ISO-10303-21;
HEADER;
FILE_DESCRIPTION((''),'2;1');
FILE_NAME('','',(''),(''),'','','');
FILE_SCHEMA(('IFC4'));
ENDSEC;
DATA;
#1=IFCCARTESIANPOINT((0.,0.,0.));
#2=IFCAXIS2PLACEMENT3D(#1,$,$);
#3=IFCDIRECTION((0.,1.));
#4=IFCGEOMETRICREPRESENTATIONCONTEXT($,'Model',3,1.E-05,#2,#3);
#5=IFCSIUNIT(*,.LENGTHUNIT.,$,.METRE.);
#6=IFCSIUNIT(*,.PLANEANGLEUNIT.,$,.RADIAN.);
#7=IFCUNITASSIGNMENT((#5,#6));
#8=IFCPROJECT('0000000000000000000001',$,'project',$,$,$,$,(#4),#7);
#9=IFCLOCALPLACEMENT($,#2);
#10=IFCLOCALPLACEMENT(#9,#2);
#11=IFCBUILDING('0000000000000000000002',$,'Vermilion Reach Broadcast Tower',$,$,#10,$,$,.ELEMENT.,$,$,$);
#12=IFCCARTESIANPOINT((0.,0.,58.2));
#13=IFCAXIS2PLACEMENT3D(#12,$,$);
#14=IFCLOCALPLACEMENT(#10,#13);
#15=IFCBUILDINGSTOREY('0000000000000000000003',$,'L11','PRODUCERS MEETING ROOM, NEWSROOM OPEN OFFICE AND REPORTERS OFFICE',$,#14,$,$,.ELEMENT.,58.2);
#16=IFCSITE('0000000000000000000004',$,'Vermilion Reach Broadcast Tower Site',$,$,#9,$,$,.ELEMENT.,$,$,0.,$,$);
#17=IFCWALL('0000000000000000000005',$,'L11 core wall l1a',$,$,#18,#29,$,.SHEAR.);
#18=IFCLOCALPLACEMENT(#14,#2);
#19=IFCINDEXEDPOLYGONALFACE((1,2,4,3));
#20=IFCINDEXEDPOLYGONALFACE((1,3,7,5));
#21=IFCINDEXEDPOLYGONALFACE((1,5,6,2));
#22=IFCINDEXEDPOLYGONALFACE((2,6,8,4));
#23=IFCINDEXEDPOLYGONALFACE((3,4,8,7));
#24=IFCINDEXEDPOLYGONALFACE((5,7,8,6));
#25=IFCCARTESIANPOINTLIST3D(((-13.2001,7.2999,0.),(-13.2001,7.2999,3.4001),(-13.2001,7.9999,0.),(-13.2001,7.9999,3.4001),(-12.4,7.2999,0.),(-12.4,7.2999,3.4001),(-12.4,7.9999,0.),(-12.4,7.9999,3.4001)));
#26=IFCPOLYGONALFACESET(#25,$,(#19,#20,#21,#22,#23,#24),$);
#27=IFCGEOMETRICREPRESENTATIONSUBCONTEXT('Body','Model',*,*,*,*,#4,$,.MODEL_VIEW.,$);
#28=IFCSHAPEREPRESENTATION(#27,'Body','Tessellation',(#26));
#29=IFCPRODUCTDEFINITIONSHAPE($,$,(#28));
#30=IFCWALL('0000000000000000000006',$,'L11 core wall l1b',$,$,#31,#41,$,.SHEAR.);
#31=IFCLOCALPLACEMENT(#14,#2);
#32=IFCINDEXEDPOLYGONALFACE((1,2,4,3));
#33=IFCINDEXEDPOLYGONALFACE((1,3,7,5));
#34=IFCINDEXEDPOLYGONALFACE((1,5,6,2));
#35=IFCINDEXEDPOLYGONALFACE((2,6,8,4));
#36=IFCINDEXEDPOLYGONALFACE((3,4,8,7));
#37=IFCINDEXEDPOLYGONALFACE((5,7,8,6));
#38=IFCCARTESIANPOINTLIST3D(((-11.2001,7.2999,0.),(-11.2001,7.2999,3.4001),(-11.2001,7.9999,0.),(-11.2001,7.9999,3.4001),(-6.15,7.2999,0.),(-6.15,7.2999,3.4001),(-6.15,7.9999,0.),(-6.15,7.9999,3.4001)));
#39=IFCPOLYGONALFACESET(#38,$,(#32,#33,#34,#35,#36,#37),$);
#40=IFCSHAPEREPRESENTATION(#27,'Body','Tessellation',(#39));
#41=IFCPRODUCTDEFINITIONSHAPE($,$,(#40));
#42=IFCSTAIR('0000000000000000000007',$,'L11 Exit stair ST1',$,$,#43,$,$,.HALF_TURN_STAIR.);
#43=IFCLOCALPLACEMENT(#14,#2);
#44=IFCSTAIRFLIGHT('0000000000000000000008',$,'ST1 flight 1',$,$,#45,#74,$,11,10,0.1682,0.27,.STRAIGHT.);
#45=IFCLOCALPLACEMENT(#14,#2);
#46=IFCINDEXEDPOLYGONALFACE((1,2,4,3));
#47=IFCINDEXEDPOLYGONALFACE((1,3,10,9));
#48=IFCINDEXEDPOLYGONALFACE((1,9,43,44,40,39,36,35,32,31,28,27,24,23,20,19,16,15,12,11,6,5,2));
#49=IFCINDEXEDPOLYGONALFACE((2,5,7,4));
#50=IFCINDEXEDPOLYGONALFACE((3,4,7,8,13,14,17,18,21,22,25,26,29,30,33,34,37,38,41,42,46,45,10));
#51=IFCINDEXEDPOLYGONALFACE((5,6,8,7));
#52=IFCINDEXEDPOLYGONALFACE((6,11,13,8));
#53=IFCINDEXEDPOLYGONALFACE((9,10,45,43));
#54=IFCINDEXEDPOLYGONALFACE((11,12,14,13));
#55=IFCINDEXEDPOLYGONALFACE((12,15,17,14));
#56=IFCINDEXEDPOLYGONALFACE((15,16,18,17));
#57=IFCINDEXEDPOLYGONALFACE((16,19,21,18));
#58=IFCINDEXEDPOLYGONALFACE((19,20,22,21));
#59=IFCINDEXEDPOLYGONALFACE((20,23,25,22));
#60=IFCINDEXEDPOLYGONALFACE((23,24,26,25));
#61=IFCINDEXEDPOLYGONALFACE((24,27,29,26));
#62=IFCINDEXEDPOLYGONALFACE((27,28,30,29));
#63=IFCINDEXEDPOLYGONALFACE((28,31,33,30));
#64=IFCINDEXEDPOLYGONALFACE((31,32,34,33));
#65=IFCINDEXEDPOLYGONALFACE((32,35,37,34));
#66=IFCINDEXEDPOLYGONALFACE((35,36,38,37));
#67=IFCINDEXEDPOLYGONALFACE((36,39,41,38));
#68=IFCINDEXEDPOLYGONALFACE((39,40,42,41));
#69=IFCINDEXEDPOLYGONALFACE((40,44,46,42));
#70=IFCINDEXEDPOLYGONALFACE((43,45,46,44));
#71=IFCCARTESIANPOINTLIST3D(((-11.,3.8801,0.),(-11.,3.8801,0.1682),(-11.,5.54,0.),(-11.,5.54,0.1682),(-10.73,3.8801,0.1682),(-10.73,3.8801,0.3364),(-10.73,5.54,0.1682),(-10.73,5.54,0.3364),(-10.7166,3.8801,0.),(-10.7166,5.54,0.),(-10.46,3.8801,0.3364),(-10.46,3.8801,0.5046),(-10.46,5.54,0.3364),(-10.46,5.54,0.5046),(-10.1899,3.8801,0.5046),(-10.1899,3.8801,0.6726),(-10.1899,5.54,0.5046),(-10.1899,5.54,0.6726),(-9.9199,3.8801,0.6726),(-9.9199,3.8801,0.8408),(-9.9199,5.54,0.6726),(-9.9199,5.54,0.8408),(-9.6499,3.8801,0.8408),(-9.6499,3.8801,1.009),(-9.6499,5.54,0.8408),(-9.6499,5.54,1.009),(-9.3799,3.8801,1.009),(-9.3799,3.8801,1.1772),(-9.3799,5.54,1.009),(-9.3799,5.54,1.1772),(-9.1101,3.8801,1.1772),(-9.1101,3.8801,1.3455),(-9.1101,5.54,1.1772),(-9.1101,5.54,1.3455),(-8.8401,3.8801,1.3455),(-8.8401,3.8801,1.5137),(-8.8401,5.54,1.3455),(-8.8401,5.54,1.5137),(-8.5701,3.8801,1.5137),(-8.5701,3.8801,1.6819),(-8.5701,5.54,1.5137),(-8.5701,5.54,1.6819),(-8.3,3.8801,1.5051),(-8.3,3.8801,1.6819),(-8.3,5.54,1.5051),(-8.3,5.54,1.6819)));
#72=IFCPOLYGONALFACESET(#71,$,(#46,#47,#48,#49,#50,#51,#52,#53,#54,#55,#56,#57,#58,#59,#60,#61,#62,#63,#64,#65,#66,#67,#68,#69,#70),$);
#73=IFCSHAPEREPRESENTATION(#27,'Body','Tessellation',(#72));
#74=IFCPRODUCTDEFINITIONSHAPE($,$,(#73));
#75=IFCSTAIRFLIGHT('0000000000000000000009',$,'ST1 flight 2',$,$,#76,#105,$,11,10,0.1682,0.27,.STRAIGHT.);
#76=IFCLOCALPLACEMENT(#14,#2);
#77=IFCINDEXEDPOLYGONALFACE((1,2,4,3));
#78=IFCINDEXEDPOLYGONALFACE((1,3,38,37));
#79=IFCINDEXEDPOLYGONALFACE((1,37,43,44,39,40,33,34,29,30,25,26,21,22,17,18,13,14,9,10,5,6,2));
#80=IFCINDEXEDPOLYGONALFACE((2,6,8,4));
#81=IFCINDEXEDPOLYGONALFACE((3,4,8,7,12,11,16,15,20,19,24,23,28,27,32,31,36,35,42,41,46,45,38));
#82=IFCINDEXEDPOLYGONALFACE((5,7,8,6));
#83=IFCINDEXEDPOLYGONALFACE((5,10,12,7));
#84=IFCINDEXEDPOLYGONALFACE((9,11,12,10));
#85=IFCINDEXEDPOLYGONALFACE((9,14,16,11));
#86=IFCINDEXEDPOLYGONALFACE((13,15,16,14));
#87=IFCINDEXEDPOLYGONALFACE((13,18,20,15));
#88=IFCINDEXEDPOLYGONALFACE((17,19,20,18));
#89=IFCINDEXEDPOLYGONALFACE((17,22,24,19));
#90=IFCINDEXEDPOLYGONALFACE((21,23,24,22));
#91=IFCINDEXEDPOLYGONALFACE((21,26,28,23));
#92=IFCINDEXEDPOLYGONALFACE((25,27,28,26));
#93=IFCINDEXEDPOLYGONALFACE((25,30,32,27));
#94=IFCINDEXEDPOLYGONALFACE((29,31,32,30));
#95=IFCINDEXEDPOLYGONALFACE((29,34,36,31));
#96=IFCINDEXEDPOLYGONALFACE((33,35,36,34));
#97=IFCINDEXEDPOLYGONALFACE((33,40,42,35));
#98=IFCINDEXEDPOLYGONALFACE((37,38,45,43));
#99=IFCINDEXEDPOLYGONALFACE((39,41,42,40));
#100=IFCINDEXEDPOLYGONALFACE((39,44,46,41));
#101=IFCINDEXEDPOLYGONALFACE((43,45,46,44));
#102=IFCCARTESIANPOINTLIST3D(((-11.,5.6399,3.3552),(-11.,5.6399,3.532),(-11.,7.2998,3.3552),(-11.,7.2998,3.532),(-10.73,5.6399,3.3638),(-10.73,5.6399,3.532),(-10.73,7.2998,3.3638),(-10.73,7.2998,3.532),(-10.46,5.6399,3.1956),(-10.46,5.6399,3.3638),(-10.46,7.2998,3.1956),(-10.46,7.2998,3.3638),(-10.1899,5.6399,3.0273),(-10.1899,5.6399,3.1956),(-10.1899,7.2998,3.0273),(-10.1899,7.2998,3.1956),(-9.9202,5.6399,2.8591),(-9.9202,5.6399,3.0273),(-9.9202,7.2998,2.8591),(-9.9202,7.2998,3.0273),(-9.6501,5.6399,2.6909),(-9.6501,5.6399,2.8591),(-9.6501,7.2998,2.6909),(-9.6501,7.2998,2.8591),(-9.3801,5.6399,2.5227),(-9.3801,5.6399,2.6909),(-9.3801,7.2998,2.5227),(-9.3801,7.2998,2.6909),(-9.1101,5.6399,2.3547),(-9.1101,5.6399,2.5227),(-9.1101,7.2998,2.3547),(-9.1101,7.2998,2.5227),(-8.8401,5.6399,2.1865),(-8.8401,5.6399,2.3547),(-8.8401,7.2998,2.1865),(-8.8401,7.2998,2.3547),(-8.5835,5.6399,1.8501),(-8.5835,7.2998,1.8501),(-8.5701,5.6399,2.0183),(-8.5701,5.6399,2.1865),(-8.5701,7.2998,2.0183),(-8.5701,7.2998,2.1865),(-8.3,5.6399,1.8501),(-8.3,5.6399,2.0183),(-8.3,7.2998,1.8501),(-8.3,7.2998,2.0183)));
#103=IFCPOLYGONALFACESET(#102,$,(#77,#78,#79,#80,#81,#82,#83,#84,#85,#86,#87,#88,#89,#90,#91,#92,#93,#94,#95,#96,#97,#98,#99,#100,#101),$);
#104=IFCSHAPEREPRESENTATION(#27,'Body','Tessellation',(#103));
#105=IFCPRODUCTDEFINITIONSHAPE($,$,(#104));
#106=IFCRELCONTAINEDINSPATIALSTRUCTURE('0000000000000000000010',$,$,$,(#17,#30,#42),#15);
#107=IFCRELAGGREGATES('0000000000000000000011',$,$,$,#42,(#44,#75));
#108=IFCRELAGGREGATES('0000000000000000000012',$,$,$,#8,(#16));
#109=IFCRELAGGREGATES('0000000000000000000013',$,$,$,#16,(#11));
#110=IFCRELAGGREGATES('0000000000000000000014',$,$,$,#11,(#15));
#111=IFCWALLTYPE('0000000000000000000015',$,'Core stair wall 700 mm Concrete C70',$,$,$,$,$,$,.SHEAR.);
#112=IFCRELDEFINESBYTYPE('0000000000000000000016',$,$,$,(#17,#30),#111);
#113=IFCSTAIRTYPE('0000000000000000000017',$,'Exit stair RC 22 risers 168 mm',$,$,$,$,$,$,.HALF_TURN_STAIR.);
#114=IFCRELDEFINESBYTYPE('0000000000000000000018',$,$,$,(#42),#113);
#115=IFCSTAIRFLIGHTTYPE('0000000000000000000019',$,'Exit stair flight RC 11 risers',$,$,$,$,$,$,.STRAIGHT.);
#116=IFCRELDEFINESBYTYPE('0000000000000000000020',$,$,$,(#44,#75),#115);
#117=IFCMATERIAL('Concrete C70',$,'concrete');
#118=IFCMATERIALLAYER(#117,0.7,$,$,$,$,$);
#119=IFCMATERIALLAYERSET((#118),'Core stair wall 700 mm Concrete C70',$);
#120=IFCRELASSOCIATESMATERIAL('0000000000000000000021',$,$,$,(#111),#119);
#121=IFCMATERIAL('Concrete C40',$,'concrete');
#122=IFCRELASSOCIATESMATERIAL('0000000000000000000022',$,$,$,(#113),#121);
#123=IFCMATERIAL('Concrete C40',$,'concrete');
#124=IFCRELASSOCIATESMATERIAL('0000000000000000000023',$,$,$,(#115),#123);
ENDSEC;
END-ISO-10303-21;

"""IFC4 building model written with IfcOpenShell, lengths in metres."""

from ifc_helpers import new_model, si_unit, direction, frame, frame_2d, origin, place, context, subcontext, project, spatial, polyline, rectangle, outline, extrude, material, layer, layer_set, type_object, element, aggregate, save


model = new_model("IFC4")

# Units and contexts
model_context = context("Model", 3, precision=1e-05, world=origin(), true_north=direction((0.0, 1.0)))
body_context = subcontext(model_context, "Body", "Model", "MODEL_VIEW")
ifc_project = project(units=[si_unit("LENGTHUNIT", "METRE"), si_unit("PLANEANGLEUNIT", "RADIAN")], contexts=[model_context])

# Site, building, storey
site_placement = place(None, origin())
site = spatial("IfcSite", under=ifc_project, at=site_placement, Name="Vermilion Reach Broadcast Tower Site", CompositionType="ELEMENT", RefElevation=0.0)
building_placement = place(site_placement, origin())
building = spatial("IfcBuilding", under=site, at=building_placement, Name="Vermilion Reach Broadcast Tower", CompositionType="ELEMENT")
storey_placement = place(building_placement, frame((0.0, 0.0, 58.2)))
storey = spatial("IfcBuildingStorey", under=building, at=storey_placement, Name="L11", Description="PRODUCERS MEETING ROOM, NEWSROOM OPEN OFFICE AND REPORTERS OFFICE", CompositionType="ELEMENT", Elevation=58.2)

# Walls
ifc_material_1 = material(Name="Concrete C70", Category="concrete")
ifc_layer_1 = layer(ifc_material_1, 0.7)
ifc_layer_set_1 = layer_set([ifc_layer_1], Name="Core stair wall 700 mm Concrete C70")
wall_type_1 = type_object("IfcWallType", Name="Core stair wall 700 mm Concrete C70", PredefinedType="SHEAR", material=ifc_layer_set_1)
wall_1_placement = place(storey_placement, frame((-13.2, 7.6499, 0.0), z_axis=(0.0, 0.0, 1.0), x_axis=(1.0, 0.0, 0.0)))
element("IfcWall", 1, at=wall_1_placement, inside=storey, type_object=wall_type_1, Name="L11 core wall l1a", PredefinedType="SHEAR", context=body_context, shape_type="SweptSolid", body=[
    extrude(rectangle(XDim=0.8, YDim=0.7, at=frame_2d((0.3999, 0.0))), origin(), (0.0, 0.0, 1.0), 3.4001),
])
wall_2_placement = place(storey_placement, frame((-11.2, 7.6499, 0.0), z_axis=(0.0, 0.0, 1.0), x_axis=(1.0, 0.0, 0.0)))
element("IfcWall", 2, at=wall_2_placement, inside=storey, type_object=wall_type_1, Name="L11 core wall l1b", PredefinedType="SHEAR", context=body_context, shape_type="SweptSolid", body=[
    extrude(rectangle(XDim=5.05, YDim=0.7, at=frame_2d((2.5249, 0.0))), origin(), (0.0, 0.0, 1.0), 3.4001),
])

# Stair, stair flights
ifc_material_2 = material(Name="Concrete C40", Category="concrete")
stair_type = type_object("IfcStairType", Name="Exit stair RC 22 risers 168 mm", PredefinedType="HALF_TURN_STAIR", material=ifc_material_2)
stair_placement = place(storey_placement, origin())
stair = element("IfcStair", 3, at=stair_placement, inside=storey, type_object=stair_type, Name="L11 Exit stair ST1", PredefinedType="HALF_TURN_STAIR")
ifc_material_3 = material(Name="Concrete C40", Category="concrete")
stair_flight_type = type_object("IfcStairFlightType", Name="Exit stair flight RC 11 risers", PredefinedType="STRAIGHT", material=ifc_material_3)
stair_flight_1_placement = place(storey_placement, frame((-11.0, 4.71, 0.0), z_axis=(0.0, 0.0, 1.0), x_axis=(1.0, 0.0, 0.0)))
stair_flight_1 = element("IfcStairFlight", 4, at=stair_flight_1_placement, type_object=stair_flight_type, Name="ST1 flight 1", NumberOfRisers=11, NumberOfTreads=10, PredefinedType="STRAIGHT", RiserHeight=0.1682, TreadLength=0.27, context=body_context, shape_type="SweptSolid", body=[
    extrude(outline(polyline([(0.0, 0.0), (0.0, 0.1682), (0.27, 0.1682), (0.27, 0.3364), (0.54, 0.3364), (0.54, 0.5046), (0.8101, 0.5046), (0.8101, 0.6726), (1.0801, 0.6726), (1.0801, 0.8408), (1.3501, 0.8408), (1.3501, 1.009), (1.6201, 1.009), (1.6201, 1.1772), (1.8899, 1.1772), (1.8899, 1.3455), (2.1599, 1.3455), (2.1599, 1.5137), (2.4299, 1.5137), (2.4299, 1.6819), (2.7, 1.6819), (2.7, 1.8501), (2.7, 1.5051), (0.2834, 0.0), (0.0, 0.0)])), frame((0.0, 0.8301, 0.0), z_axis=(0.0, -1.0, 0.0), x_axis=(1.0, 0.0, 0.0)), (0.0, 0.0, 1.0), 1.6599),
])
stair_flight_2_placement = place(storey_placement, frame((-8.3, 6.47, 1.8501), z_axis=(0.0, 0.0, 1.0), x_axis=(-1.0, 0.0, 0.0)))
stair_flight_2 = element("IfcStairFlight", 5, at=stair_flight_2_placement, type_object=stair_flight_type, Name="ST1 flight 2", NumberOfRisers=11, NumberOfTreads=10, PredefinedType="STRAIGHT", RiserHeight=0.1682, TreadLength=0.27, context=body_context, shape_type="SweptSolid", body=[
    extrude(outline(polyline([(0.0, 0.0), (0.0, 0.1682), (0.27, 0.1682), (0.27, 0.3364), (0.54, 0.3364), (0.54, 0.5046), (0.8101, 0.5046), (0.8101, 0.6726), (1.0801, 0.6726), (1.0801, 0.8408), (1.3501, 0.8408), (1.3501, 1.009), (1.6201, 1.009), (1.6201, 1.1772), (1.8899, 1.1772), (1.8899, 1.3455), (2.1599, 1.3455), (2.1599, 1.5137), (2.4299, 1.5137), (2.4299, 1.6819), (2.7, 1.6819), (2.7, 1.8501), (2.7, 1.5051), (0.2834, 0.0), (0.0, 0.0)])), frame((0.0, 0.8301, 0.0), z_axis=(0.0, -1.0, 0.0), x_axis=(1.0, 0.0, 0.0)), (0.0, 0.0, 1.0), 1.6599),
])
aggregate(stair, [stair_flight_1, stair_flight_2])

save(model, "model.ifc")
